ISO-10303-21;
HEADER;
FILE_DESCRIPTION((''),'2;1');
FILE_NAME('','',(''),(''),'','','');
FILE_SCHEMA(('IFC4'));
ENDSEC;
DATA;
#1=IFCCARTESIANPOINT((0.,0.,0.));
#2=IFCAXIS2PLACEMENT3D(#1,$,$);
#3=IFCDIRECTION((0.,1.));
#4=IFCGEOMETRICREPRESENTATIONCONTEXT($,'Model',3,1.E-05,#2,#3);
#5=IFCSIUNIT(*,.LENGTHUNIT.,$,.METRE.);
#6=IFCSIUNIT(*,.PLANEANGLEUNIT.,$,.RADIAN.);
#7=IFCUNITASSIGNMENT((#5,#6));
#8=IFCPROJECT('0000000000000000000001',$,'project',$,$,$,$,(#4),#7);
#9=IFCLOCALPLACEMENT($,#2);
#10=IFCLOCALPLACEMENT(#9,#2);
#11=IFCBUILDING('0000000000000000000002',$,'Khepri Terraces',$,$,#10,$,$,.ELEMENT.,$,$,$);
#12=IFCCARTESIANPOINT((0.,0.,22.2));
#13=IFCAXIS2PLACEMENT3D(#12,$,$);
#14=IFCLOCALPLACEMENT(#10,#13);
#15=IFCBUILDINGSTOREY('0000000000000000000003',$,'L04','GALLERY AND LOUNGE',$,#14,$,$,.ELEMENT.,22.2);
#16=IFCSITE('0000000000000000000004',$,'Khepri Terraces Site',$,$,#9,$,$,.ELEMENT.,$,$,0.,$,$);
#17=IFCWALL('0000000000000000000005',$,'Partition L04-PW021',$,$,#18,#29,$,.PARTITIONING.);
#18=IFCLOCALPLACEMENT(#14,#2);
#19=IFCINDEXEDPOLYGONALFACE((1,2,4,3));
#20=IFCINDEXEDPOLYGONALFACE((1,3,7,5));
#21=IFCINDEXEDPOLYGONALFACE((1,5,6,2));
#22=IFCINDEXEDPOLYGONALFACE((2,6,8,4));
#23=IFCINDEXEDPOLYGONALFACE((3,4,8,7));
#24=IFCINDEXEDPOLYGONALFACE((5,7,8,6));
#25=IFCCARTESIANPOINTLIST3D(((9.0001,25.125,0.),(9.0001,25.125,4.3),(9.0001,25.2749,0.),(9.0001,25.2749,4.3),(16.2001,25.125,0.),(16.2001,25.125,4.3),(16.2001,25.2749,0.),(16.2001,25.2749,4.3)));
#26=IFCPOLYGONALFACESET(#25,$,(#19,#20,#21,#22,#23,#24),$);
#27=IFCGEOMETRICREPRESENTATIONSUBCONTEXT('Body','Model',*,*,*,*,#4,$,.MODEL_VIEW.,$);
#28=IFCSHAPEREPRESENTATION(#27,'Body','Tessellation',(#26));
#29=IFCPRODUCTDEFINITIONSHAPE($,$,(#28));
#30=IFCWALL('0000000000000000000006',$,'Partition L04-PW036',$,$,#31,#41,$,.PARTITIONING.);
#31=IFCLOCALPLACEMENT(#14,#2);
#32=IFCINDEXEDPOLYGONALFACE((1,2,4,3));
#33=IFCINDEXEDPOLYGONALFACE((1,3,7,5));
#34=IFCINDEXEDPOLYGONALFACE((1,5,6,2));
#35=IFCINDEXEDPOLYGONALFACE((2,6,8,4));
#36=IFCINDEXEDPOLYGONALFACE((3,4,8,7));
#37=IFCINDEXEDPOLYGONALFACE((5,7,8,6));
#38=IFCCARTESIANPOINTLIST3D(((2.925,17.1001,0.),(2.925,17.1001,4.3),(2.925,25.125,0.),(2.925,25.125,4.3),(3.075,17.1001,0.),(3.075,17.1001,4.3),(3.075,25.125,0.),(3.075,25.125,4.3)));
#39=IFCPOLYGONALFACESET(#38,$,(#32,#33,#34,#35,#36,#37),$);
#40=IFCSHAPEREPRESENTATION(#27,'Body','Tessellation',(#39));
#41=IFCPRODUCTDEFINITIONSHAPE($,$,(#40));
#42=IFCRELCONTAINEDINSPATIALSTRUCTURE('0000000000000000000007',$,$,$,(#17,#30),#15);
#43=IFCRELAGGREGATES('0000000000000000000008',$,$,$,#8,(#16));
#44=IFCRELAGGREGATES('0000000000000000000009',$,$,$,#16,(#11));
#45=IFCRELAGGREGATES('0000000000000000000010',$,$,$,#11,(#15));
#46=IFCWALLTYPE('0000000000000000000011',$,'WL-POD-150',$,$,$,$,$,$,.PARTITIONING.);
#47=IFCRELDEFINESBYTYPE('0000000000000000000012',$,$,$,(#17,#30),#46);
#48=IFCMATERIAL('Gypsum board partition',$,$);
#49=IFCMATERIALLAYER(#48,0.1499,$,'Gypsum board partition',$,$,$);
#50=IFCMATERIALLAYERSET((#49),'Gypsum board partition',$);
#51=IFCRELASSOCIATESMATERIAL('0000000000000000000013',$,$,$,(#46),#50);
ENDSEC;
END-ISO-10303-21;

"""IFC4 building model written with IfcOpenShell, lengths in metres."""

from ifc_helpers import new_model, si_unit, direction, frame, frame_2d, origin, place, context, subcontext, project, spatial, rectangle, extrude, material, layer, layer_set, type_object, element, save


model = new_model("IFC4")

# Units and contexts
model_context = context("Model", 3, precision=1e-05, world=origin(), true_north=direction((0.0, 1.0)))
body_context = subcontext(model_context, "Body", "Model", "MODEL_VIEW")
ifc_project = project(units=[si_unit("LENGTHUNIT", "METRE"), si_unit("PLANEANGLEUNIT", "RADIAN")], contexts=[model_context])

# Site, building, storey
site_placement = place(None, origin())
site = spatial("IfcSite", under=ifc_project, at=site_placement, Name="Khepri Terraces Site", CompositionType="ELEMENT", RefElevation=0.0)
building_placement = place(site_placement, origin())
building = spatial("IfcBuilding", under=site, at=building_placement, Name="Khepri Terraces", CompositionType="ELEMENT")
storey_placement = place(building_placement, frame((0.0, 0.0, 22.2)))
storey = spatial("IfcBuildingStorey", under=building, at=storey_placement, Name="L04", Description="GALLERY AND LOUNGE", CompositionType="ELEMENT", Elevation=22.2)

# Walls
ifc_material_1 = material(Name="Gypsum board partition")
ifc_layer_1 = layer(ifc_material_1, 0.1499, Name="Gypsum board partition")
ifc_layer_set_1 = layer_set([ifc_layer_1], Name="Gypsum board partition")
wall_type_1 = type_object("IfcWallType", Name="WL-POD-150", PredefinedType="PARTITIONING", material=ifc_layer_set_1)
for number, where, z_axis, x_axis, name in (
    (1, (9.0, 25.2, 0.0), (0.0, 0.0, 1.0), (1.0, 0.0, 0.0), "Partition L04-PW021"),
):
    element("IfcWall", number, at=place(storey_placement, frame(where, z_axis=z_axis, x_axis=x_axis)), inside=storey, type_object=wall_type_1, Name=name, PredefinedType="PARTITIONING", context=body_context, shape_type="SweptSolid", body=[
        extrude(rectangle(XDim=7.2, YDim=0.1499, at=frame_2d((3.6001, 0.0))), origin(), (0.0, 0.0, 1.0), 4.3),
    ])
wall_1_placement = place(storey_placement, frame((3.0, 17.1001, 0.0), z_axis=(0.0, 0.0, 1.0), x_axis=(0.0, 1.0, 0.0)))
element("IfcWall", 2, at=wall_1_placement, inside=storey, type_object=wall_type_1, Name="Partition L04-PW036", PredefinedType="PARTITIONING", context=body_context, shape_type="SweptSolid", body=[
    extrude(rectangle(XDim=8.0249, YDim=0.1499, at=frame_2d((4.0125, 0.0))), origin(), (0.0, 0.0, 1.0), 4.3),
])

save(model, "model.ifc")
